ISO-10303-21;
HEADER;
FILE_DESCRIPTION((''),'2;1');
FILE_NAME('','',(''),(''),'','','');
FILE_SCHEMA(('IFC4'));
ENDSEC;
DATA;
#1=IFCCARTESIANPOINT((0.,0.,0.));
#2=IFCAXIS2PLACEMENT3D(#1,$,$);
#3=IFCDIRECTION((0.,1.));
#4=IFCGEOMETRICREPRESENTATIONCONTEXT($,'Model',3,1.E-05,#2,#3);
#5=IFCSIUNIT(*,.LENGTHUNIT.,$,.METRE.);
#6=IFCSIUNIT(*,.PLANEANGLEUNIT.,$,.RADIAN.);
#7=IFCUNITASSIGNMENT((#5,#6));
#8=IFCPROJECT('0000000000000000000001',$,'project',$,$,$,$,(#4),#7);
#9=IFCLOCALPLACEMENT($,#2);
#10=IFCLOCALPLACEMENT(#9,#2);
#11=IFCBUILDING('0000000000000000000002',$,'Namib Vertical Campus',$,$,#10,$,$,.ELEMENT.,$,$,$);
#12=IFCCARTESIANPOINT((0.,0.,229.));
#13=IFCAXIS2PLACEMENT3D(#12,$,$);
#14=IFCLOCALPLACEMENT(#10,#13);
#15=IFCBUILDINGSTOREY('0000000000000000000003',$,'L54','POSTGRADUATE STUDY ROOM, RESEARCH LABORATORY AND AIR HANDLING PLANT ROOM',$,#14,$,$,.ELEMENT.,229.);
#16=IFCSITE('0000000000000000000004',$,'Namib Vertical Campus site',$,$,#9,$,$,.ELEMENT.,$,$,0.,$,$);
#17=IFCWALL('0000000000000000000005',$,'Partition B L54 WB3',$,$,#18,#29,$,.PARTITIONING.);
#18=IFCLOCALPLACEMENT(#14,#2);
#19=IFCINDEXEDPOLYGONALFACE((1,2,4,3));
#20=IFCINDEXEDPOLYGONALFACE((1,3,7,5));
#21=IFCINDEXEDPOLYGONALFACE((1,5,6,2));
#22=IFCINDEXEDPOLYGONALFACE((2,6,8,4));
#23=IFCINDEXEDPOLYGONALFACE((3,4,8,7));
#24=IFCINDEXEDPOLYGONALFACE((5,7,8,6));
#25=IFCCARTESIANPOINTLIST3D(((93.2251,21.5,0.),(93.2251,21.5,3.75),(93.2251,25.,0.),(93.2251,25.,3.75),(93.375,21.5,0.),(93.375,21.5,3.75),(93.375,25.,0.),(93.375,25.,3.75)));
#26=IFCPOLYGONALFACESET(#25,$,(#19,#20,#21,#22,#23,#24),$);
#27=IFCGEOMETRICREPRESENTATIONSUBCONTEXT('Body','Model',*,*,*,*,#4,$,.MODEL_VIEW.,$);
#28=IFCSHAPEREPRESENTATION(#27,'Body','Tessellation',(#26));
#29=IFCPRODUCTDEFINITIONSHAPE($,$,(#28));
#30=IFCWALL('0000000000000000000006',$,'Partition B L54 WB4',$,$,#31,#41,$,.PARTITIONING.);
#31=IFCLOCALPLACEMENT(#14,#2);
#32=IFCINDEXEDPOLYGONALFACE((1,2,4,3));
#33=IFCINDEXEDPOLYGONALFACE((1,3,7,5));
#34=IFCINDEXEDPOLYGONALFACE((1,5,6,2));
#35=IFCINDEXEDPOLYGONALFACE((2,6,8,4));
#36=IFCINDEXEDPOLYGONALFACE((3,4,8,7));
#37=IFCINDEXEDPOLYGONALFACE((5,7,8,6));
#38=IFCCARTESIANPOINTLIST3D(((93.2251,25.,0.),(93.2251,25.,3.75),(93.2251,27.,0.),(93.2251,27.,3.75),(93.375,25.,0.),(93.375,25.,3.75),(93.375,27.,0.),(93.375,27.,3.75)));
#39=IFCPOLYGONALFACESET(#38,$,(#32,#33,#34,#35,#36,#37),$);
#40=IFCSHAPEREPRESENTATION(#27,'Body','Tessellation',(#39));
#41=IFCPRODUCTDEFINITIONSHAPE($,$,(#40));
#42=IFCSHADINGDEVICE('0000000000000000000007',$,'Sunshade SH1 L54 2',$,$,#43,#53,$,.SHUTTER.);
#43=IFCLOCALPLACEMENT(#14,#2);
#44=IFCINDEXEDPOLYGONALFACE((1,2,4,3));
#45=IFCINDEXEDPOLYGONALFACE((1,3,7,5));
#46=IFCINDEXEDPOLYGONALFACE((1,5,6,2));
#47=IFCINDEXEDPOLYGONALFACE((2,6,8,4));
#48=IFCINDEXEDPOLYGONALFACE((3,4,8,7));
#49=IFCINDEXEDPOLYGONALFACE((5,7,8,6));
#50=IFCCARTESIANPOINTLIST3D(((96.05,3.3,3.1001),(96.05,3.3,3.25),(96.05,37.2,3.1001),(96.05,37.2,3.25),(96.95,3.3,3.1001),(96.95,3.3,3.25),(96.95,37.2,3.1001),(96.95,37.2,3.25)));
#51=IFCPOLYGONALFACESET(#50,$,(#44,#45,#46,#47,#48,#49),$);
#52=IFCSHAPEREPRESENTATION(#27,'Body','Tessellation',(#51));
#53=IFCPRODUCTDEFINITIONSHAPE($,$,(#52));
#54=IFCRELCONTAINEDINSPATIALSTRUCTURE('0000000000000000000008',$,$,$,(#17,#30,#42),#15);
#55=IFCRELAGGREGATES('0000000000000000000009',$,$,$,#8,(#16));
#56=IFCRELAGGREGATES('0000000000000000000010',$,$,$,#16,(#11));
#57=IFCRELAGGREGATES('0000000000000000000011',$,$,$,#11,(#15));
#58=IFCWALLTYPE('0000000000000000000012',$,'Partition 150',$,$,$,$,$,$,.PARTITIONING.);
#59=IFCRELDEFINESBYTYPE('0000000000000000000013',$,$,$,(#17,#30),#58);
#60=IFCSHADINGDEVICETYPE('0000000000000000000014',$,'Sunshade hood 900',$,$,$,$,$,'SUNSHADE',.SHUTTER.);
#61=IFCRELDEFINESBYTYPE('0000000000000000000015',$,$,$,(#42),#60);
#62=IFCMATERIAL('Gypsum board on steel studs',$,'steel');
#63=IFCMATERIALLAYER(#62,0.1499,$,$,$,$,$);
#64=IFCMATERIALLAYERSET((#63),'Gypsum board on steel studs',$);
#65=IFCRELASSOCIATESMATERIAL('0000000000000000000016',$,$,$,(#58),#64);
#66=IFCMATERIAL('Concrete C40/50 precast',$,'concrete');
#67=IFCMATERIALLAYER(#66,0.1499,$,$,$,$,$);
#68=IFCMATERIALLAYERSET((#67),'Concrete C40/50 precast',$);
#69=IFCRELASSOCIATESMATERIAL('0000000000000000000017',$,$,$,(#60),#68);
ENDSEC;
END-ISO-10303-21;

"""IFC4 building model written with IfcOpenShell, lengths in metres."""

from ifc_helpers import new_model, si_unit, direction, frame, frame_2d, origin, origin_2d, place, context, subcontext, project, spatial, rectangle, extrude, material, layer, layer_set, type_object, element, save


model = new_model("IFC4")

# Units and contexts
model_context = context("Model", 3, precision=1e-05, world=origin(), true_north=direction((0.0, 1.0)))
body_context = subcontext(model_context, "Body", "Model", "MODEL_VIEW")
ifc_project = project(units=[si_unit("LENGTHUNIT", "METRE"), si_unit("PLANEANGLEUNIT", "RADIAN")], contexts=[model_context])

# Site, building, storey
site_placement = place(None, origin())
site = spatial("IfcSite", under=ifc_project, at=site_placement, Name="Namib Vertical Campus site", CompositionType="ELEMENT", RefElevation=0.0)
building_placement = place(site_placement, origin())
building = spatial("IfcBuilding", under=site, at=building_placement, Name="Namib Vertical Campus", CompositionType="ELEMENT")
storey_placement = place(building_placement, frame((0.0, 0.0, 229.0)))
storey = spatial("IfcBuildingStorey", under=building, at=storey_placement, Name="L54", Description="POSTGRADUATE STUDY ROOM, RESEARCH LABORATORY AND AIR HANDLING PLANT ROOM", CompositionType="ELEMENT", Elevation=229.0)

# Walls
ifc_material_1 = material(Name="Gypsum board on steel studs", Category="steel")
ifc_layer_1 = layer(ifc_material_1, 0.1499)
ifc_layer_set_1 = layer_set([ifc_layer_1], Name="Gypsum board on steel studs")
wall_type_1 = type_object("IfcWallType", Name="Partition 150", PredefinedType="PARTITIONING", material=ifc_layer_set_1)
wall_1_placement = place(storey_placement, frame((93.3, 21.5, 0.0), z_axis=(0.0, 0.0, 1.0), x_axis=(0.0, 1.0, 0.0)))
element("IfcWall", 1, at=wall_1_placement, inside=storey, type_object=wall_type_1, Name="Partition B L54 WB3", PredefinedType="PARTITIONING", context=body_context, shape_type="SweptSolid", body=[
    extrude(rectangle(XDim=3.5, YDim=0.1499, at=frame_2d((1.75, 0.0))), origin(), (0.0, 0.0, 1.0), 3.75),
])
wall_2_placement = place(storey_placement, frame((93.3, 25.0, 0.0), z_axis=(0.0, 0.0, 1.0), x_axis=(0.0, 1.0, 0.0)))
element("IfcWall", 2, at=wall_2_placement, inside=storey, type_object=wall_type_1, Name="Partition B L54 WB4", PredefinedType="PARTITIONING", context=body_context, shape_type="SweptSolid", body=[
    extrude(rectangle(XDim=2.0, YDim=0.1499, at=frame_2d((1.0, 0.0))), origin(), (0.0, 0.0, 1.0), 3.75),
])

# Shading device
ifc_material_2 = material(Name="Concrete C40/50 precast", Category="concrete")
ifc_layer_2 = layer(ifc_material_2, 0.1499)
ifc_layer_set_2 = layer_set([ifc_layer_2], Name="Concrete C40/50 precast")
shading_device_type = type_object("IfcShadingDeviceType", Name="Sunshade hood 900", ElementType="SUNSHADE", PredefinedType="SHUTTER", material=ifc_layer_set_2)
shading_device_placement = place(storey_placement, frame((96.5, 20.25, 3.1001), z_axis=(0.0, 0.0, 1.0), x_axis=(0.0, 1.0, 0.0)))
element("IfcShadingDevice", 3, at=shading_device_placement, inside=storey, type_object=shading_device_type, Name="Sunshade SH1 L54 2", PredefinedType="SHUTTER", context=body_context, shape_type="SweptSolid", body=[
    extrude(rectangle(XDim=33.8999, YDim=0.8999, at=origin_2d()), origin(), (0.0, 0.0, 1.0), 0.1499),
])

save(model, "model.ifc")
